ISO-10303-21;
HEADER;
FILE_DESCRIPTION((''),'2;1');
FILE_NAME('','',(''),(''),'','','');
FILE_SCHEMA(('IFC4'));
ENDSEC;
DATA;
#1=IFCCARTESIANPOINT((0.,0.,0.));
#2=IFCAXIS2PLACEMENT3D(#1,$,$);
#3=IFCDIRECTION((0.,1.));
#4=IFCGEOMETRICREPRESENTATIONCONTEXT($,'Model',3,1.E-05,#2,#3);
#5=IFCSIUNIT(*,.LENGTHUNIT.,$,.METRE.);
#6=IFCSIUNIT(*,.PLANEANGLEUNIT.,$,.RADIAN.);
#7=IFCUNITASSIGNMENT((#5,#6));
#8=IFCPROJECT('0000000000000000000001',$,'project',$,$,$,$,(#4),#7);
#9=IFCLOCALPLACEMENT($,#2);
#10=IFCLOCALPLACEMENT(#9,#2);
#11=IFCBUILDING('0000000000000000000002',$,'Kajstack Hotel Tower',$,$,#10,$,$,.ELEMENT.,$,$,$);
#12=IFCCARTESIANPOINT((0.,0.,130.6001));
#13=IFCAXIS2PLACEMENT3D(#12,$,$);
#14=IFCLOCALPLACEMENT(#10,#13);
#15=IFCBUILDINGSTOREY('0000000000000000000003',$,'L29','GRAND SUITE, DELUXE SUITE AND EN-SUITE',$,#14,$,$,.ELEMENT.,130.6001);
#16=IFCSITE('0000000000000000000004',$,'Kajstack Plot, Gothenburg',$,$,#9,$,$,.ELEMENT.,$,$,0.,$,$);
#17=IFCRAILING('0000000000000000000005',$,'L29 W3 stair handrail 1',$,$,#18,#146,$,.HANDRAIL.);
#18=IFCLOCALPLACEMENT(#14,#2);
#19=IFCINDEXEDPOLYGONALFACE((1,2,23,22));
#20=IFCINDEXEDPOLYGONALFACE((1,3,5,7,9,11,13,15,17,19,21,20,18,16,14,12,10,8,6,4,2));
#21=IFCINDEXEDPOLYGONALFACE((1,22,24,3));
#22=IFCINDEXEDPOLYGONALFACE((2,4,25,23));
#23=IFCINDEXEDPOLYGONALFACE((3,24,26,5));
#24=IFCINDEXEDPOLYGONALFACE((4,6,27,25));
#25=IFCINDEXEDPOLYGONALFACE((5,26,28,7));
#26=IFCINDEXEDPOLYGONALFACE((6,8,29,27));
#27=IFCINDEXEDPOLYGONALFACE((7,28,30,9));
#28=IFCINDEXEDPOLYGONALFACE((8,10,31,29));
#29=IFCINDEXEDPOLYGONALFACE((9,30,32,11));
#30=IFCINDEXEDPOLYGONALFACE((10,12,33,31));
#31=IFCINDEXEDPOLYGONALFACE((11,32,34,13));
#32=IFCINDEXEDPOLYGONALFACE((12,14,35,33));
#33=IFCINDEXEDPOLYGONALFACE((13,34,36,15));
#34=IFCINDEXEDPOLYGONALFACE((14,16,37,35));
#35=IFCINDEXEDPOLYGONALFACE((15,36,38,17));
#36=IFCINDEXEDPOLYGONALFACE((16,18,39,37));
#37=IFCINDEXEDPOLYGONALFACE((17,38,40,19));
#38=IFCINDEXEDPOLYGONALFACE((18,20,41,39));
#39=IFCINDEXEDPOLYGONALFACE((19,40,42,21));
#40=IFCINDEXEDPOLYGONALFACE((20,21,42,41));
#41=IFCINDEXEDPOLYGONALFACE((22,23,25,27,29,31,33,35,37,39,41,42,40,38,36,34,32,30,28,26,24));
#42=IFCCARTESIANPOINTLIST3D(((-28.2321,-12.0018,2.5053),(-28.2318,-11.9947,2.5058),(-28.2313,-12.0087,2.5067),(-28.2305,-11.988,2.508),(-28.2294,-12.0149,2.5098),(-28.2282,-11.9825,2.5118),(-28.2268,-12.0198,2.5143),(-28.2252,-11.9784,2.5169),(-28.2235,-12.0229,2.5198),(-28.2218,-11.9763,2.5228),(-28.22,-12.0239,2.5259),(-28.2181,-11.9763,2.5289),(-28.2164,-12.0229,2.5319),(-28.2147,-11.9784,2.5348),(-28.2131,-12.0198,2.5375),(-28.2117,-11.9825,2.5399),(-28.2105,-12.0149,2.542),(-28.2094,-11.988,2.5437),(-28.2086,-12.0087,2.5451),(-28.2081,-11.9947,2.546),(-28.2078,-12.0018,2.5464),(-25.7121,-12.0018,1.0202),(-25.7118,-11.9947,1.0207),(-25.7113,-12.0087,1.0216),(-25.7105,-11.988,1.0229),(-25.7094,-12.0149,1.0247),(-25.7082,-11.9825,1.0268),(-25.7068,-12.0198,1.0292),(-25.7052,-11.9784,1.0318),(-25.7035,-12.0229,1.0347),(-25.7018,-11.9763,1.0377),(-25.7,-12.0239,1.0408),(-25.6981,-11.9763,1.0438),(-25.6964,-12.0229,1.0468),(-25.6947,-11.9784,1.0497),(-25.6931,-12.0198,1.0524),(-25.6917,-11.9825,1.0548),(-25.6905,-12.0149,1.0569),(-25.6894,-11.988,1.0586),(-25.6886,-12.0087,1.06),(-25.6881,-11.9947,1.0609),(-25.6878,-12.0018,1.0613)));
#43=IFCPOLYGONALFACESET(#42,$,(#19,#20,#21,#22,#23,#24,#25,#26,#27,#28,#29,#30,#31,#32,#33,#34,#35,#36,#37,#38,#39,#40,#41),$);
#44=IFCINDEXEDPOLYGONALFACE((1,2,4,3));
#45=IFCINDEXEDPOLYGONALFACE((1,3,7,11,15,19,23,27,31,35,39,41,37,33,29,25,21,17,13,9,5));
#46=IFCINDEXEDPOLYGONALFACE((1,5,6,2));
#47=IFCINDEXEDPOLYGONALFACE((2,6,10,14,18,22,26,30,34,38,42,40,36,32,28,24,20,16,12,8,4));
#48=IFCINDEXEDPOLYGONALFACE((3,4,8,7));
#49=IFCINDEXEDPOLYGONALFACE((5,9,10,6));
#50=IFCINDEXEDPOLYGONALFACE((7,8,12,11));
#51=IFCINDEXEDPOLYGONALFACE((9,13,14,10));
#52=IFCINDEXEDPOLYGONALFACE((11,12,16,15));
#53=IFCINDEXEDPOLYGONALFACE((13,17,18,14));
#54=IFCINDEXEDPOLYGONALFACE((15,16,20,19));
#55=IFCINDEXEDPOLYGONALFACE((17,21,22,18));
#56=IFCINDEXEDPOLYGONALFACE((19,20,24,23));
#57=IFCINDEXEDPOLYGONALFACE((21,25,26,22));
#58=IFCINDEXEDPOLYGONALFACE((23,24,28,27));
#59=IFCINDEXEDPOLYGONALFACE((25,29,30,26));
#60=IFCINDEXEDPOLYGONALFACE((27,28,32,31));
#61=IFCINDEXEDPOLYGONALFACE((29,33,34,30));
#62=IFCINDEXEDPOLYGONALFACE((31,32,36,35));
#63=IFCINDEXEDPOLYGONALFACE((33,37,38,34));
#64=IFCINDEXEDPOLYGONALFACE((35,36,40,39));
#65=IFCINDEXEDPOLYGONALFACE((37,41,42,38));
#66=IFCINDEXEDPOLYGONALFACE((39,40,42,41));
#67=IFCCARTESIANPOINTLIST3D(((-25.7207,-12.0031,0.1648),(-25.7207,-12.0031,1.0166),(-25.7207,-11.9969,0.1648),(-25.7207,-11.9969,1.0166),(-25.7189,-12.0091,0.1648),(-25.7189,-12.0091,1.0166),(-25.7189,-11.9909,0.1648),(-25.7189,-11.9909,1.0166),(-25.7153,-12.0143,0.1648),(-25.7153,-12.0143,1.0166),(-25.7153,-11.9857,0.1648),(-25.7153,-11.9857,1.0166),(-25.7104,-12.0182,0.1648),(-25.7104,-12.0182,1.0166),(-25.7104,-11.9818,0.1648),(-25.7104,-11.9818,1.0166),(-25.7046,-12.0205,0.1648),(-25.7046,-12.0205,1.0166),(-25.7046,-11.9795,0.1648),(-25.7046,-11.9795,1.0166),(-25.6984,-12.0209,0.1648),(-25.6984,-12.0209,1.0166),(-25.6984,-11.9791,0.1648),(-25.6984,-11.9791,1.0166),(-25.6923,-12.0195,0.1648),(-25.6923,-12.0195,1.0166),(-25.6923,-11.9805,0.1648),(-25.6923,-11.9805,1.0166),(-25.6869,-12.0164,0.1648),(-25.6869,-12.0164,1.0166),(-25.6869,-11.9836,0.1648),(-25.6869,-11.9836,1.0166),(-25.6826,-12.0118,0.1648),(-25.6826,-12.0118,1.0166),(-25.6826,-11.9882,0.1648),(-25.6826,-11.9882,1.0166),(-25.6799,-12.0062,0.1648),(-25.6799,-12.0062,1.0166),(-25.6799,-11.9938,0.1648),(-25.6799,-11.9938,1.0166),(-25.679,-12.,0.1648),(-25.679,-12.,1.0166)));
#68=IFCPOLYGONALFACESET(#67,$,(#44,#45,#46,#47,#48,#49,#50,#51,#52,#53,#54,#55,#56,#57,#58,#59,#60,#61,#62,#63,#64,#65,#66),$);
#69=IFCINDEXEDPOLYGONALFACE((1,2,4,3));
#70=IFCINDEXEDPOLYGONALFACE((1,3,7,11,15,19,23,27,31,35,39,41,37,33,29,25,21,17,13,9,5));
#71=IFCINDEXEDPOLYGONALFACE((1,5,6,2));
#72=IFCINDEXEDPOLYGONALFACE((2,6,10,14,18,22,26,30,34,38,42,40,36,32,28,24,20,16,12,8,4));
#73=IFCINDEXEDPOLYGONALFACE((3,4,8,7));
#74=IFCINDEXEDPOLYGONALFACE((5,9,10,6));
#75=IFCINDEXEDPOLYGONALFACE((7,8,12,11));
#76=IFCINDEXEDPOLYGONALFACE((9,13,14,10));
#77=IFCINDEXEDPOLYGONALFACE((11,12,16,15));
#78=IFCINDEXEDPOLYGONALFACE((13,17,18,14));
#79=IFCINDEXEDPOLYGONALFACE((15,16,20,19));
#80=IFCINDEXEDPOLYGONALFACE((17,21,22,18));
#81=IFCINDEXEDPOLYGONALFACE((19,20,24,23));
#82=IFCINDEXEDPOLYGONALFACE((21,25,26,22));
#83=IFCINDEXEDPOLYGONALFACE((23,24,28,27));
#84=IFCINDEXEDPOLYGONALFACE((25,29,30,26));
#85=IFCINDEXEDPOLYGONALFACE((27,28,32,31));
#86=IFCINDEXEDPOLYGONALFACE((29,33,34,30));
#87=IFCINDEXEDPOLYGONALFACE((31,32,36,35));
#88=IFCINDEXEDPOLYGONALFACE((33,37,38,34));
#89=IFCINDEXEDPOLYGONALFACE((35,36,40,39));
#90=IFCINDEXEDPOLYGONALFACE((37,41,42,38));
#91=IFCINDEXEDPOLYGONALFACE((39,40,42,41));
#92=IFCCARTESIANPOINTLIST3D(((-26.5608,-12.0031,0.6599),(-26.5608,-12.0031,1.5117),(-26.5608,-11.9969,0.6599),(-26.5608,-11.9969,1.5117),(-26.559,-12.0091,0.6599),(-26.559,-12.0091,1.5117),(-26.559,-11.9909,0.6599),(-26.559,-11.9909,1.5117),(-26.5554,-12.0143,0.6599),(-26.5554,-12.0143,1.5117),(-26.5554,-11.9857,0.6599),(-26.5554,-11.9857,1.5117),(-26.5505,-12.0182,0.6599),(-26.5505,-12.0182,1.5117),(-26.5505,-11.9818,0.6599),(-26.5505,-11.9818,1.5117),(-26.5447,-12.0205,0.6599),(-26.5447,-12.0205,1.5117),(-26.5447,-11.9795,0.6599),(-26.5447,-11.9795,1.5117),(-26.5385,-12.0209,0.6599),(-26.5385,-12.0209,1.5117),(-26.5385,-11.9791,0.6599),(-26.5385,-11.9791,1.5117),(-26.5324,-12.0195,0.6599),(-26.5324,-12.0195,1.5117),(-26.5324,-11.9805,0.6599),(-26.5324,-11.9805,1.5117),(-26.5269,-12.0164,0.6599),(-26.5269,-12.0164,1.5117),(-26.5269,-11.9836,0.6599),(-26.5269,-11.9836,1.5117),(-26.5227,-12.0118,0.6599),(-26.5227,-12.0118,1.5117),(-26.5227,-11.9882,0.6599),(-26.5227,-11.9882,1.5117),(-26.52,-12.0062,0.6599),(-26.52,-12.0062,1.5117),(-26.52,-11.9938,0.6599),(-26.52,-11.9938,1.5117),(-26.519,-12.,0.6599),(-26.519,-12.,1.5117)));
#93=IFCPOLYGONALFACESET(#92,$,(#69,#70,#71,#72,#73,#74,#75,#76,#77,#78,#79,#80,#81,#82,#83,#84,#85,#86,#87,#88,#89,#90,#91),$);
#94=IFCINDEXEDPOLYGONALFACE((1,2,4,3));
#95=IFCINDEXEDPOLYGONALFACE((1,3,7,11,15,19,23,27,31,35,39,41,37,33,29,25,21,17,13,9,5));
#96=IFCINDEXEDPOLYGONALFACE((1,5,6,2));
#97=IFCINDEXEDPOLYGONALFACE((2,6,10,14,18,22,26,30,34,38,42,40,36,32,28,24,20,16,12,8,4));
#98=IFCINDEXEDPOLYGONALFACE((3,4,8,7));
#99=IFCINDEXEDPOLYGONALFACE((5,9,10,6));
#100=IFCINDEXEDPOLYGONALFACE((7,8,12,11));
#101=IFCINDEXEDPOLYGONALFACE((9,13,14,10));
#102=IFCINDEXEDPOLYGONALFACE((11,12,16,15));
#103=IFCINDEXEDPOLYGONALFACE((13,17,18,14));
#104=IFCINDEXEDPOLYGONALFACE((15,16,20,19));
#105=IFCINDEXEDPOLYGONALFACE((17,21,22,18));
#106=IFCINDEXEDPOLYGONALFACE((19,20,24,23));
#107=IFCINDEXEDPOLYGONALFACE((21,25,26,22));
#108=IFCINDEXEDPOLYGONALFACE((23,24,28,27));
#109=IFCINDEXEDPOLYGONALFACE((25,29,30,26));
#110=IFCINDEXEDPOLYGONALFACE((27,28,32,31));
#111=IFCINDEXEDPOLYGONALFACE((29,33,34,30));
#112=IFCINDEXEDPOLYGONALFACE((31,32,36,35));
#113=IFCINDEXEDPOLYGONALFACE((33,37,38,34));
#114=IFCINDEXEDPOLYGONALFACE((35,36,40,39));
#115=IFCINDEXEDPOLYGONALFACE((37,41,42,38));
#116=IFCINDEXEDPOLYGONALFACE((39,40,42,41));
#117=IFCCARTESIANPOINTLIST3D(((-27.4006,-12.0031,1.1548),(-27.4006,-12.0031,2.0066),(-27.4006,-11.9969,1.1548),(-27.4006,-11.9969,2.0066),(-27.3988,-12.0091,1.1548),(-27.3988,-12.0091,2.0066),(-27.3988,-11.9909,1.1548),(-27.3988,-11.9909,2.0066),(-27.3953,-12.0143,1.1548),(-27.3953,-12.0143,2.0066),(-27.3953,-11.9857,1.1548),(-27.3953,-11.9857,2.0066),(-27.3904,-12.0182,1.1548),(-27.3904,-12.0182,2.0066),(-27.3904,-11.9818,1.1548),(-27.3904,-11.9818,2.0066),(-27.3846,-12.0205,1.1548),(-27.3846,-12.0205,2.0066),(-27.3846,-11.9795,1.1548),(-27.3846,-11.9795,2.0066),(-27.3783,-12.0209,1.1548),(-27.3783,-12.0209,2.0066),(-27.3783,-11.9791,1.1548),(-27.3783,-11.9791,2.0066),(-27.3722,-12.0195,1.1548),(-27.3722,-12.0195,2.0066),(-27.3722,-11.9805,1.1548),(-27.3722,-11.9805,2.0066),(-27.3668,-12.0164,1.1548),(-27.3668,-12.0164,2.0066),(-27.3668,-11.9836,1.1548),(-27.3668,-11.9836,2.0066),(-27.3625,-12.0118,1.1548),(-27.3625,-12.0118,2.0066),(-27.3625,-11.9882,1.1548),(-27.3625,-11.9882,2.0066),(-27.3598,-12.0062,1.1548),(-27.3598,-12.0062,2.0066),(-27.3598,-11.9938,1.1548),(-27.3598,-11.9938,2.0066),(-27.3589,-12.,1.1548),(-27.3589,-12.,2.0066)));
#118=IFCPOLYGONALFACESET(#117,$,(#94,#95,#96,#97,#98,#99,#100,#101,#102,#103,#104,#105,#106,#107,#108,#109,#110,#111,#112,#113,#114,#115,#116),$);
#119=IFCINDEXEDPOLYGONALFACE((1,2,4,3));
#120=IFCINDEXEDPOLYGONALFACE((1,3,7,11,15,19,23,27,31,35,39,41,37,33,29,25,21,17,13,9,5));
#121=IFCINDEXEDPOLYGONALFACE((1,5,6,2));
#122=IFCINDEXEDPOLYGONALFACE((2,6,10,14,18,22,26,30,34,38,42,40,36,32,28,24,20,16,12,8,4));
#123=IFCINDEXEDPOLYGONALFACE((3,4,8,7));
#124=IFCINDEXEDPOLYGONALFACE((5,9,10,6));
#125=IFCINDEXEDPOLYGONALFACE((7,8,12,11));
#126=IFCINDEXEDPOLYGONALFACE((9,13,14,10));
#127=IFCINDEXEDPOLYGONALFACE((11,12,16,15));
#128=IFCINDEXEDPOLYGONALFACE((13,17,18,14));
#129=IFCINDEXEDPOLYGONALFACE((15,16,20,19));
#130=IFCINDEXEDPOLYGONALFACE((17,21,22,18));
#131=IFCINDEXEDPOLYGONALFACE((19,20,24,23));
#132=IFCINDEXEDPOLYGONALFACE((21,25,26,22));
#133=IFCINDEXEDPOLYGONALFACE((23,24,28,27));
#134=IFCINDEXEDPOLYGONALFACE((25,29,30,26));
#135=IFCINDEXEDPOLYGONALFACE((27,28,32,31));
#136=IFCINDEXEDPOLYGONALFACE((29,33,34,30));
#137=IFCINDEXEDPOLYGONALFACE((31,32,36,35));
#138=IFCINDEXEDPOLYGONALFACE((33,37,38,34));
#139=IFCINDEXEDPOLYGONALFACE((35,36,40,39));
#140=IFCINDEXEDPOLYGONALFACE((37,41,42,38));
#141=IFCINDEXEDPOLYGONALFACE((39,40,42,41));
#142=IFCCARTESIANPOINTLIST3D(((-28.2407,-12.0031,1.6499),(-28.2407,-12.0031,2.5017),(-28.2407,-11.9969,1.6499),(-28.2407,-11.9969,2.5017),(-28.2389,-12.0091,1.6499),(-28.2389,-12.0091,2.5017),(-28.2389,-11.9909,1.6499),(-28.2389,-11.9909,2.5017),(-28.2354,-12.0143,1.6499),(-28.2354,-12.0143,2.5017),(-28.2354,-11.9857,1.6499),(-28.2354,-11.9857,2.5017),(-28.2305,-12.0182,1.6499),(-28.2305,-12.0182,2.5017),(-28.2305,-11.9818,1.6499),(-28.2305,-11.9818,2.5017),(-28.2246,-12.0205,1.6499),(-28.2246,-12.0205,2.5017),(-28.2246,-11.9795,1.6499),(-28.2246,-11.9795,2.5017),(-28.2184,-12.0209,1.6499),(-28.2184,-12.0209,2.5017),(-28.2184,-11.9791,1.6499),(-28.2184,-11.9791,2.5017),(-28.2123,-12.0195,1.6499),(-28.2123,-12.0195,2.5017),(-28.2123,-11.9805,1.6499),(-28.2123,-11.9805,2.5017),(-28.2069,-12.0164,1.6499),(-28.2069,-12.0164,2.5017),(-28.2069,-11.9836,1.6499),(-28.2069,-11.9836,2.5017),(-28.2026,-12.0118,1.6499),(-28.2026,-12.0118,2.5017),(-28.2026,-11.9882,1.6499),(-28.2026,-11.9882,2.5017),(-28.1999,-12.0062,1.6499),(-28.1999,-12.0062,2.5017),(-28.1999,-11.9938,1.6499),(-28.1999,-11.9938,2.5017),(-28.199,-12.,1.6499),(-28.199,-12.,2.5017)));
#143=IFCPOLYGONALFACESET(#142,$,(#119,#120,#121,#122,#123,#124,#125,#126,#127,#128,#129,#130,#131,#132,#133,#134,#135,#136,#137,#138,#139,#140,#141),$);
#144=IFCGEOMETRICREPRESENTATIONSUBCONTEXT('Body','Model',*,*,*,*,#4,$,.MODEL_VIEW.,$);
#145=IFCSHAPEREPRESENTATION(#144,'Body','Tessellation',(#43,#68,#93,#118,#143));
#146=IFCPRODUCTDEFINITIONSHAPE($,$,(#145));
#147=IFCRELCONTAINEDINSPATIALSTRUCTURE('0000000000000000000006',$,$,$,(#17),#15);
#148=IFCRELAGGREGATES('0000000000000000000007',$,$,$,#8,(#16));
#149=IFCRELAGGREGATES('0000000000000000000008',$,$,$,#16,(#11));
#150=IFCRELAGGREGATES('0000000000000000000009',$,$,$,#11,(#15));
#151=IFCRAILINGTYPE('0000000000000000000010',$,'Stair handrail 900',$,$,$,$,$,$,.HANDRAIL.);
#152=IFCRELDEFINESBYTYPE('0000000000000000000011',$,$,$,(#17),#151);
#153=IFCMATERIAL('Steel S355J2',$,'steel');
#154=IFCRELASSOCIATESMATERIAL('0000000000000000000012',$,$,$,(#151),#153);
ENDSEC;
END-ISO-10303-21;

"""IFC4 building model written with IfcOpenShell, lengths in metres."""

from ifc_helpers import new_model, si_unit, direction, frame, origin, origin_2d, place, context, subcontext, project, spatial, circle, extrude, material, type_object, element, save


model = new_model("IFC4")

# Units and contexts
model_context = context("Model", 3, precision=1e-05, world=origin(), true_north=direction((0.0, 1.0)))
body_context = subcontext(model_context, "Body", "Model", "MODEL_VIEW")
ifc_project = project(units=[si_unit("LENGTHUNIT", "METRE"), si_unit("PLANEANGLEUNIT", "RADIAN")], contexts=[model_context])

# Site, building, storey
site_placement = place(None, origin())
site = spatial("IfcSite", under=ifc_project, at=site_placement, Name="Kajstack Plot, Gothenburg", CompositionType="ELEMENT", RefElevation=0.0)
building_placement = place(site_placement, origin())
building = spatial("IfcBuilding", under=site, at=building_placement, Name="Kajstack Hotel Tower", CompositionType="ELEMENT")
storey_placement = place(building_placement, frame((0.0, 0.0, 130.6001)))
storey = spatial("IfcBuildingStorey", under=building, at=storey_placement, Name="L29", Description="GRAND SUITE, DELUXE SUITE AND EN-SUITE", CompositionType="ELEMENT", Elevation=130.6001)

# Railing
ifc_material_1 = material(Name="Steel S355J2", Category="steel")
railing_type_1 = type_object("IfcRailingType", Name="Stair handrail 900", PredefinedType="HANDRAIL", material=ifc_material_1)
railing_1_placement = place(storey_placement, frame((-25.7, -12.0, 0.1648)))
element("IfcRailing", 1, at=railing_1_placement, inside=storey, type_object=railing_type_1, Name="L29 W3 stair handrail 1", PredefinedType="HANDRAIL", context=body_context, shape_type="SweptSolid", body=[
    extrude(circle(Radius=0.0239, at=origin_2d()), frame((0.0, 0.0, 0.876), z_axis=(-0.861524, 0.0, 0.507717), x_axis=(0.0, -1.0, 0.0)), (0.0, 0.0, 1.0), 2.925),
    extrude(circle(Radius=0.021, at=origin_2d()), origin(), (0.0, 0.0, 1.0), 0.8518),
    extrude(circle(Radius=0.021, at=origin_2d()), frame((-0.8401, 0.0, 0.4951)), (0.0, 0.0, 1.0), 0.8518),
    extrude(circle(Radius=0.021, at=origin_2d()), frame((-1.6799, 0.0, 0.99)), (0.0, 0.0, 1.0), 0.8518),
    extrude(circle(Radius=0.021, at=origin_2d()), frame((-2.52, 0.0, 1.4851)), (0.0, 0.0, 1.0), 0.8518),
])

save(model, "model.ifc")
